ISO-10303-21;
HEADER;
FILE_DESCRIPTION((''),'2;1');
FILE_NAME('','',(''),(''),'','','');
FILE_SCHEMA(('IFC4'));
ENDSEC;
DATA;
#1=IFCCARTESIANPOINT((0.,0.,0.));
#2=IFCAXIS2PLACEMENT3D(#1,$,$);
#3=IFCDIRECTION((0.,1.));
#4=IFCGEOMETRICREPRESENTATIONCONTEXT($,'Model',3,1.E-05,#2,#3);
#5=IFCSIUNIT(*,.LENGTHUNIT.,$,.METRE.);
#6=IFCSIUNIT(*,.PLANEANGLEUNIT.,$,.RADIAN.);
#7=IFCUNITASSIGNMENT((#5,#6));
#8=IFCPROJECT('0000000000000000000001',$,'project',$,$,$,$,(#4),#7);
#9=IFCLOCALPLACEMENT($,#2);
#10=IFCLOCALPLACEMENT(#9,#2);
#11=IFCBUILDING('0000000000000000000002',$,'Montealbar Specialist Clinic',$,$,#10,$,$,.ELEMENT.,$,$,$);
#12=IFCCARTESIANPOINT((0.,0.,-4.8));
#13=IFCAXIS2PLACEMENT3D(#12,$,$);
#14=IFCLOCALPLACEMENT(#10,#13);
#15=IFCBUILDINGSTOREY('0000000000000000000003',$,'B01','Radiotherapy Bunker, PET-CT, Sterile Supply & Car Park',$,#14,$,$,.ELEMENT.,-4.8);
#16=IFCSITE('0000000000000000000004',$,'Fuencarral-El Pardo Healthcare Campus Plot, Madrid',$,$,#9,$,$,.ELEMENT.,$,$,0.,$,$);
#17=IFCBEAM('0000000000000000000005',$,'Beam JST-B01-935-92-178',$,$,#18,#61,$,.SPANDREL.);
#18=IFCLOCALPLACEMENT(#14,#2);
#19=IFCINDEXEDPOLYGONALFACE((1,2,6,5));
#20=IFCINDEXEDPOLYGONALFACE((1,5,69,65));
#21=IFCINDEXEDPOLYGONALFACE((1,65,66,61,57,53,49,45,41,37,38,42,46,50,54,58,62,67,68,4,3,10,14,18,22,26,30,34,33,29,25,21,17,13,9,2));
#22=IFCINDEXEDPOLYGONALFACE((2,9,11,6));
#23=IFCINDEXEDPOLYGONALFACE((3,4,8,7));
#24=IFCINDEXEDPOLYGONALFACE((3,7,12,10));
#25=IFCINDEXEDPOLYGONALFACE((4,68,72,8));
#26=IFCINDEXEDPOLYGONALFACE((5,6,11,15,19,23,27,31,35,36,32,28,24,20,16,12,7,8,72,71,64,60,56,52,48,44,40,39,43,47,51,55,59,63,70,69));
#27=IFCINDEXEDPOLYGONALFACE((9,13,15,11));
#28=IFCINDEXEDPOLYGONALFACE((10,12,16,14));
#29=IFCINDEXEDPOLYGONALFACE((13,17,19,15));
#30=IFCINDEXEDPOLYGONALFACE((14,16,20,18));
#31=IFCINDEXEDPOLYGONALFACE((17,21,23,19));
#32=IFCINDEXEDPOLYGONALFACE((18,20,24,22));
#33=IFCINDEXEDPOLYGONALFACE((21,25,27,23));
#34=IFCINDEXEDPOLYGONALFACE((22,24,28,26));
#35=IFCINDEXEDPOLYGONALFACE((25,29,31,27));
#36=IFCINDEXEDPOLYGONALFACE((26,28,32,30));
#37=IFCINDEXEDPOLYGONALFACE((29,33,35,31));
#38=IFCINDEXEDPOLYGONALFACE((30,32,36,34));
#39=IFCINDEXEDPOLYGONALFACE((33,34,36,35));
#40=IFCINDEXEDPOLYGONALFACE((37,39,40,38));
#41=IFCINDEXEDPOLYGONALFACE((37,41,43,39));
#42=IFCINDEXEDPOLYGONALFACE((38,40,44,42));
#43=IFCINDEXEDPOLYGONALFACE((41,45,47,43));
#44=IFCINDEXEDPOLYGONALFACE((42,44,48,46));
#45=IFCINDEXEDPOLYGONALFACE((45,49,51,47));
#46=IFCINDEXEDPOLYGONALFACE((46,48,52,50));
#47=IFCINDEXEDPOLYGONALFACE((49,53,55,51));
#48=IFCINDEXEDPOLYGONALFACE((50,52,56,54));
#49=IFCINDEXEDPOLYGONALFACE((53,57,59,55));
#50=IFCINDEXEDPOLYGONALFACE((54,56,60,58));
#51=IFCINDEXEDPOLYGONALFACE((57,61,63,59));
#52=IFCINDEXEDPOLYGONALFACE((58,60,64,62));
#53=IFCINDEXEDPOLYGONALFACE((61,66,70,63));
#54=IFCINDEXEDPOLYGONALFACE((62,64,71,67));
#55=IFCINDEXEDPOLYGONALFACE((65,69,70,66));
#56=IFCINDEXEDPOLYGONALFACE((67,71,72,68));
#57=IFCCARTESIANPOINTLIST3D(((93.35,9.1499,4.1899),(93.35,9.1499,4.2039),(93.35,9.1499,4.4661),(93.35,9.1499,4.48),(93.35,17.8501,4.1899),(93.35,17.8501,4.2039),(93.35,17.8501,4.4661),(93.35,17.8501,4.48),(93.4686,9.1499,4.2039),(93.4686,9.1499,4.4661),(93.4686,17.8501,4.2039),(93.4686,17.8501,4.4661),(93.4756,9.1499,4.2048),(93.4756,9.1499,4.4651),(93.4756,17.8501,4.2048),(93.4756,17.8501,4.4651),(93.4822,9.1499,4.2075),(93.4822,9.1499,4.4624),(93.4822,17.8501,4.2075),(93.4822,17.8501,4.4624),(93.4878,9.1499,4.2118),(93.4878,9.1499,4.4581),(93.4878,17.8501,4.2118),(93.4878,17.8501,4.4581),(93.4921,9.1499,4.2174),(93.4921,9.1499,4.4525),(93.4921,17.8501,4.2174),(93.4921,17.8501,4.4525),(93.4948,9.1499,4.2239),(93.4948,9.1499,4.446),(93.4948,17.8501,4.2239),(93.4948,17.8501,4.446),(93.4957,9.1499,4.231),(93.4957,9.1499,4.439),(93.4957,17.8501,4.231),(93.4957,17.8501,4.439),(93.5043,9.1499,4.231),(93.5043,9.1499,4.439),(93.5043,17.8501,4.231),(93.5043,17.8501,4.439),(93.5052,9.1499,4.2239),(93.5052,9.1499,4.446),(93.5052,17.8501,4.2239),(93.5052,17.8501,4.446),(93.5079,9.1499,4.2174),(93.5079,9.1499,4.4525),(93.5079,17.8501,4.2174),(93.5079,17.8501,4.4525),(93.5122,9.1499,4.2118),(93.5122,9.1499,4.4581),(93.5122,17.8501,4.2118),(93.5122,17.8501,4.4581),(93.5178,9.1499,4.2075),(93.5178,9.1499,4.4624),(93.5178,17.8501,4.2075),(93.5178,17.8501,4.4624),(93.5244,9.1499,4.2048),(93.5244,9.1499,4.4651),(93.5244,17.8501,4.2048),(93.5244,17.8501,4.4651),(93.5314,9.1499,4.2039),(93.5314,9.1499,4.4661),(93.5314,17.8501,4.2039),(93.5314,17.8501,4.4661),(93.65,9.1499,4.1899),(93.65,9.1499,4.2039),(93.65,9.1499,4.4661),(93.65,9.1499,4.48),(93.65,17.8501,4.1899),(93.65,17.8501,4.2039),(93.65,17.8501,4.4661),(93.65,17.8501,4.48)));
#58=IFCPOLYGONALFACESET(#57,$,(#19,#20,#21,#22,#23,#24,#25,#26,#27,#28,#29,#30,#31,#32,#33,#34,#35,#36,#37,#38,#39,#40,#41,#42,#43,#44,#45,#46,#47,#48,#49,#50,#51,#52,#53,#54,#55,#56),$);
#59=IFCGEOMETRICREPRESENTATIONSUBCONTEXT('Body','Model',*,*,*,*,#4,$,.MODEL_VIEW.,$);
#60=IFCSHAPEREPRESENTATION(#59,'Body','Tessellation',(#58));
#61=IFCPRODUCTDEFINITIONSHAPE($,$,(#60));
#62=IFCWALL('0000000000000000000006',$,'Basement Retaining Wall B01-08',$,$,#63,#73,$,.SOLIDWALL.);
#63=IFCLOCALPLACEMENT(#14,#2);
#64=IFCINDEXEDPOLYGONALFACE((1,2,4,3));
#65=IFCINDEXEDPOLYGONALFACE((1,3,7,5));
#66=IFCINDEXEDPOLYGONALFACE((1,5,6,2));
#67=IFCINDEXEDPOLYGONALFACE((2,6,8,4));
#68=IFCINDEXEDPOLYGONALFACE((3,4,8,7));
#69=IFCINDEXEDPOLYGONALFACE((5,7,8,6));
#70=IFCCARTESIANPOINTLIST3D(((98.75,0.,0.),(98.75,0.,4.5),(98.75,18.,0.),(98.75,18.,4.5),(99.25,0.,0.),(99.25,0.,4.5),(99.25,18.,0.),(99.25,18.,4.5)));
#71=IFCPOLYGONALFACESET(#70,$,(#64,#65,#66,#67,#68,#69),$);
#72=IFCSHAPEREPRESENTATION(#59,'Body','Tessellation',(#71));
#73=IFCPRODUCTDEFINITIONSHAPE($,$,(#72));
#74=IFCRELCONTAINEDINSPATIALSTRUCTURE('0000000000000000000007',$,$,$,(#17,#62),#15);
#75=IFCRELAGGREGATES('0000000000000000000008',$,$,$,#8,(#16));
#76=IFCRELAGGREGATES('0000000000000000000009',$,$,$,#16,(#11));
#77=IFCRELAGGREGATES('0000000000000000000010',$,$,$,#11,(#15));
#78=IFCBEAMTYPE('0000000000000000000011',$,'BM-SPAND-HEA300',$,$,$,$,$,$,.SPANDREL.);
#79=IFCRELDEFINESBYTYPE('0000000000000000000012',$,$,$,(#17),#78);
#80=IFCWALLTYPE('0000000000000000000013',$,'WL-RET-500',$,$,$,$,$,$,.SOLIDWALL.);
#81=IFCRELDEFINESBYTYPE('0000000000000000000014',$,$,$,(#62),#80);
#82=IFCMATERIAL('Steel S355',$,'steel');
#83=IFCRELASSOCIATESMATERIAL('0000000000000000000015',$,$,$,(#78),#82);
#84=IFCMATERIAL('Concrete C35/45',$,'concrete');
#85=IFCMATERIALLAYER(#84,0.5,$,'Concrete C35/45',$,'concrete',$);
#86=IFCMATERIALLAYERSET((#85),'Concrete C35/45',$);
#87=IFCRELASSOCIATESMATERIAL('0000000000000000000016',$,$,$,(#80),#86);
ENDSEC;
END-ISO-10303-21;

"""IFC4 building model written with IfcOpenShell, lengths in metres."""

from ifc_helpers import new_model, si_unit, direction, frame, frame_2d, origin, origin_2d, place, context, subcontext, project, spatial, rectangle, i_section, extrude, material, layer, layer_set, material_profile, profile_set, type_object, element, save


model = new_model("IFC4")

# Units and contexts
model_context = context("Model", 3, precision=1e-05, world=origin(), true_north=direction((0.0, 1.0)))
body_context = subcontext(model_context, "Body", "Model", "MODEL_VIEW")
ifc_project = project(units=[si_unit("LENGTHUNIT", "METRE"), si_unit("PLANEANGLEUNIT", "RADIAN")], contexts=[model_context])

# Site, building, storey
site_placement = place(None, origin())
site = spatial("IfcSite", under=ifc_project, at=site_placement, Name="Fuencarral-El Pardo Healthcare Campus Plot, Madrid", CompositionType="ELEMENT", RefElevation=0.0)
building_placement = place(site_placement, origin())
building = spatial("IfcBuilding", under=site, at=building_placement, Name="Montealbar Specialist Clinic", CompositionType="ELEMENT")
storey_placement = place(building_placement, frame((0.0, 0.0, -4.8)))
storey = spatial("IfcBuildingStorey", under=building, at=storey_placement, Name="B01", Description="Radiotherapy Bunker, PET-CT, Sterile Supply & Car Park", CompositionType="ELEMENT", Elevation=-4.8)

# Shared definitions
ifc_material_1 = material(Name="Concrete C35/45", Category="concrete")

# Shared definitions
ifc_material_2 = material(Name="Steel S355", Category="steel")

# Beam
ifc_material_profile_1 = material_profile(ifc_material_2, i_section(OverallWidth=0.3, OverallDepth=0.29, WebThickness=0.0085, FlangeThickness=0.0139, FilletRadius=0.0271, at=origin_2d()), Name="HEA 300", Category="steel")
ifc_profile_set_1 = profile_set([ifc_material_profile_1], Name="Steel S355")
beam_type_1 = type_object("IfcBeamType", Name="BM-SPAND-HEA300", PredefinedType="SPANDREL", material=ifc_profile_set_1)
beam_1_placement = place(storey_placement, frame((93.5, 9.1499, 4.335), z_axis=(0.0, 1.0, 0.0), x_axis=(-1.0, 0.0, 0.0)))
element("IfcBeam", 1, at=beam_1_placement, inside=storey, type_object=beam_type_1, Name="Beam JST-B01-935-92-178", PredefinedType="SPANDREL", context=body_context, shape_type="SweptSolid", body=[
    extrude(i_section(OverallWidth=0.3, OverallDepth=0.29, WebThickness=0.0085, FlangeThickness=0.0139, FilletRadius=0.0271, at=origin_2d()), origin(), (0.0, 0.0, 1.0), 8.7002),
])

# Wall
ifc_layer = layer(ifc_material_1, 0.5, Name="Concrete C35/45", Category="concrete")
ifc_layer_set = layer_set([ifc_layer], Name="Concrete C35/45")
wall_type = type_object("IfcWallType", Name="WL-RET-500", PredefinedType="SOLIDWALL", material=ifc_layer_set)
wall_placement = place(storey_placement, frame((99.0, 18.0, 0.0), z_axis=(0.0, 0.0, 1.0), x_axis=(0.0, -1.0, 0.0)))
element("IfcWall", 2, at=wall_placement, inside=storey, type_object=wall_type, Name="Basement Retaining Wall B01-08", PredefinedType="SOLIDWALL", context=body_context, shape_type="SweptSolid", body=[
    extrude(rectangle(XDim=18.0, YDim=0.5, at=frame_2d((9.0, 0.0))), origin(), (0.0, 0.0, 1.0), 4.5),
])

save(model, "model.ifc")
